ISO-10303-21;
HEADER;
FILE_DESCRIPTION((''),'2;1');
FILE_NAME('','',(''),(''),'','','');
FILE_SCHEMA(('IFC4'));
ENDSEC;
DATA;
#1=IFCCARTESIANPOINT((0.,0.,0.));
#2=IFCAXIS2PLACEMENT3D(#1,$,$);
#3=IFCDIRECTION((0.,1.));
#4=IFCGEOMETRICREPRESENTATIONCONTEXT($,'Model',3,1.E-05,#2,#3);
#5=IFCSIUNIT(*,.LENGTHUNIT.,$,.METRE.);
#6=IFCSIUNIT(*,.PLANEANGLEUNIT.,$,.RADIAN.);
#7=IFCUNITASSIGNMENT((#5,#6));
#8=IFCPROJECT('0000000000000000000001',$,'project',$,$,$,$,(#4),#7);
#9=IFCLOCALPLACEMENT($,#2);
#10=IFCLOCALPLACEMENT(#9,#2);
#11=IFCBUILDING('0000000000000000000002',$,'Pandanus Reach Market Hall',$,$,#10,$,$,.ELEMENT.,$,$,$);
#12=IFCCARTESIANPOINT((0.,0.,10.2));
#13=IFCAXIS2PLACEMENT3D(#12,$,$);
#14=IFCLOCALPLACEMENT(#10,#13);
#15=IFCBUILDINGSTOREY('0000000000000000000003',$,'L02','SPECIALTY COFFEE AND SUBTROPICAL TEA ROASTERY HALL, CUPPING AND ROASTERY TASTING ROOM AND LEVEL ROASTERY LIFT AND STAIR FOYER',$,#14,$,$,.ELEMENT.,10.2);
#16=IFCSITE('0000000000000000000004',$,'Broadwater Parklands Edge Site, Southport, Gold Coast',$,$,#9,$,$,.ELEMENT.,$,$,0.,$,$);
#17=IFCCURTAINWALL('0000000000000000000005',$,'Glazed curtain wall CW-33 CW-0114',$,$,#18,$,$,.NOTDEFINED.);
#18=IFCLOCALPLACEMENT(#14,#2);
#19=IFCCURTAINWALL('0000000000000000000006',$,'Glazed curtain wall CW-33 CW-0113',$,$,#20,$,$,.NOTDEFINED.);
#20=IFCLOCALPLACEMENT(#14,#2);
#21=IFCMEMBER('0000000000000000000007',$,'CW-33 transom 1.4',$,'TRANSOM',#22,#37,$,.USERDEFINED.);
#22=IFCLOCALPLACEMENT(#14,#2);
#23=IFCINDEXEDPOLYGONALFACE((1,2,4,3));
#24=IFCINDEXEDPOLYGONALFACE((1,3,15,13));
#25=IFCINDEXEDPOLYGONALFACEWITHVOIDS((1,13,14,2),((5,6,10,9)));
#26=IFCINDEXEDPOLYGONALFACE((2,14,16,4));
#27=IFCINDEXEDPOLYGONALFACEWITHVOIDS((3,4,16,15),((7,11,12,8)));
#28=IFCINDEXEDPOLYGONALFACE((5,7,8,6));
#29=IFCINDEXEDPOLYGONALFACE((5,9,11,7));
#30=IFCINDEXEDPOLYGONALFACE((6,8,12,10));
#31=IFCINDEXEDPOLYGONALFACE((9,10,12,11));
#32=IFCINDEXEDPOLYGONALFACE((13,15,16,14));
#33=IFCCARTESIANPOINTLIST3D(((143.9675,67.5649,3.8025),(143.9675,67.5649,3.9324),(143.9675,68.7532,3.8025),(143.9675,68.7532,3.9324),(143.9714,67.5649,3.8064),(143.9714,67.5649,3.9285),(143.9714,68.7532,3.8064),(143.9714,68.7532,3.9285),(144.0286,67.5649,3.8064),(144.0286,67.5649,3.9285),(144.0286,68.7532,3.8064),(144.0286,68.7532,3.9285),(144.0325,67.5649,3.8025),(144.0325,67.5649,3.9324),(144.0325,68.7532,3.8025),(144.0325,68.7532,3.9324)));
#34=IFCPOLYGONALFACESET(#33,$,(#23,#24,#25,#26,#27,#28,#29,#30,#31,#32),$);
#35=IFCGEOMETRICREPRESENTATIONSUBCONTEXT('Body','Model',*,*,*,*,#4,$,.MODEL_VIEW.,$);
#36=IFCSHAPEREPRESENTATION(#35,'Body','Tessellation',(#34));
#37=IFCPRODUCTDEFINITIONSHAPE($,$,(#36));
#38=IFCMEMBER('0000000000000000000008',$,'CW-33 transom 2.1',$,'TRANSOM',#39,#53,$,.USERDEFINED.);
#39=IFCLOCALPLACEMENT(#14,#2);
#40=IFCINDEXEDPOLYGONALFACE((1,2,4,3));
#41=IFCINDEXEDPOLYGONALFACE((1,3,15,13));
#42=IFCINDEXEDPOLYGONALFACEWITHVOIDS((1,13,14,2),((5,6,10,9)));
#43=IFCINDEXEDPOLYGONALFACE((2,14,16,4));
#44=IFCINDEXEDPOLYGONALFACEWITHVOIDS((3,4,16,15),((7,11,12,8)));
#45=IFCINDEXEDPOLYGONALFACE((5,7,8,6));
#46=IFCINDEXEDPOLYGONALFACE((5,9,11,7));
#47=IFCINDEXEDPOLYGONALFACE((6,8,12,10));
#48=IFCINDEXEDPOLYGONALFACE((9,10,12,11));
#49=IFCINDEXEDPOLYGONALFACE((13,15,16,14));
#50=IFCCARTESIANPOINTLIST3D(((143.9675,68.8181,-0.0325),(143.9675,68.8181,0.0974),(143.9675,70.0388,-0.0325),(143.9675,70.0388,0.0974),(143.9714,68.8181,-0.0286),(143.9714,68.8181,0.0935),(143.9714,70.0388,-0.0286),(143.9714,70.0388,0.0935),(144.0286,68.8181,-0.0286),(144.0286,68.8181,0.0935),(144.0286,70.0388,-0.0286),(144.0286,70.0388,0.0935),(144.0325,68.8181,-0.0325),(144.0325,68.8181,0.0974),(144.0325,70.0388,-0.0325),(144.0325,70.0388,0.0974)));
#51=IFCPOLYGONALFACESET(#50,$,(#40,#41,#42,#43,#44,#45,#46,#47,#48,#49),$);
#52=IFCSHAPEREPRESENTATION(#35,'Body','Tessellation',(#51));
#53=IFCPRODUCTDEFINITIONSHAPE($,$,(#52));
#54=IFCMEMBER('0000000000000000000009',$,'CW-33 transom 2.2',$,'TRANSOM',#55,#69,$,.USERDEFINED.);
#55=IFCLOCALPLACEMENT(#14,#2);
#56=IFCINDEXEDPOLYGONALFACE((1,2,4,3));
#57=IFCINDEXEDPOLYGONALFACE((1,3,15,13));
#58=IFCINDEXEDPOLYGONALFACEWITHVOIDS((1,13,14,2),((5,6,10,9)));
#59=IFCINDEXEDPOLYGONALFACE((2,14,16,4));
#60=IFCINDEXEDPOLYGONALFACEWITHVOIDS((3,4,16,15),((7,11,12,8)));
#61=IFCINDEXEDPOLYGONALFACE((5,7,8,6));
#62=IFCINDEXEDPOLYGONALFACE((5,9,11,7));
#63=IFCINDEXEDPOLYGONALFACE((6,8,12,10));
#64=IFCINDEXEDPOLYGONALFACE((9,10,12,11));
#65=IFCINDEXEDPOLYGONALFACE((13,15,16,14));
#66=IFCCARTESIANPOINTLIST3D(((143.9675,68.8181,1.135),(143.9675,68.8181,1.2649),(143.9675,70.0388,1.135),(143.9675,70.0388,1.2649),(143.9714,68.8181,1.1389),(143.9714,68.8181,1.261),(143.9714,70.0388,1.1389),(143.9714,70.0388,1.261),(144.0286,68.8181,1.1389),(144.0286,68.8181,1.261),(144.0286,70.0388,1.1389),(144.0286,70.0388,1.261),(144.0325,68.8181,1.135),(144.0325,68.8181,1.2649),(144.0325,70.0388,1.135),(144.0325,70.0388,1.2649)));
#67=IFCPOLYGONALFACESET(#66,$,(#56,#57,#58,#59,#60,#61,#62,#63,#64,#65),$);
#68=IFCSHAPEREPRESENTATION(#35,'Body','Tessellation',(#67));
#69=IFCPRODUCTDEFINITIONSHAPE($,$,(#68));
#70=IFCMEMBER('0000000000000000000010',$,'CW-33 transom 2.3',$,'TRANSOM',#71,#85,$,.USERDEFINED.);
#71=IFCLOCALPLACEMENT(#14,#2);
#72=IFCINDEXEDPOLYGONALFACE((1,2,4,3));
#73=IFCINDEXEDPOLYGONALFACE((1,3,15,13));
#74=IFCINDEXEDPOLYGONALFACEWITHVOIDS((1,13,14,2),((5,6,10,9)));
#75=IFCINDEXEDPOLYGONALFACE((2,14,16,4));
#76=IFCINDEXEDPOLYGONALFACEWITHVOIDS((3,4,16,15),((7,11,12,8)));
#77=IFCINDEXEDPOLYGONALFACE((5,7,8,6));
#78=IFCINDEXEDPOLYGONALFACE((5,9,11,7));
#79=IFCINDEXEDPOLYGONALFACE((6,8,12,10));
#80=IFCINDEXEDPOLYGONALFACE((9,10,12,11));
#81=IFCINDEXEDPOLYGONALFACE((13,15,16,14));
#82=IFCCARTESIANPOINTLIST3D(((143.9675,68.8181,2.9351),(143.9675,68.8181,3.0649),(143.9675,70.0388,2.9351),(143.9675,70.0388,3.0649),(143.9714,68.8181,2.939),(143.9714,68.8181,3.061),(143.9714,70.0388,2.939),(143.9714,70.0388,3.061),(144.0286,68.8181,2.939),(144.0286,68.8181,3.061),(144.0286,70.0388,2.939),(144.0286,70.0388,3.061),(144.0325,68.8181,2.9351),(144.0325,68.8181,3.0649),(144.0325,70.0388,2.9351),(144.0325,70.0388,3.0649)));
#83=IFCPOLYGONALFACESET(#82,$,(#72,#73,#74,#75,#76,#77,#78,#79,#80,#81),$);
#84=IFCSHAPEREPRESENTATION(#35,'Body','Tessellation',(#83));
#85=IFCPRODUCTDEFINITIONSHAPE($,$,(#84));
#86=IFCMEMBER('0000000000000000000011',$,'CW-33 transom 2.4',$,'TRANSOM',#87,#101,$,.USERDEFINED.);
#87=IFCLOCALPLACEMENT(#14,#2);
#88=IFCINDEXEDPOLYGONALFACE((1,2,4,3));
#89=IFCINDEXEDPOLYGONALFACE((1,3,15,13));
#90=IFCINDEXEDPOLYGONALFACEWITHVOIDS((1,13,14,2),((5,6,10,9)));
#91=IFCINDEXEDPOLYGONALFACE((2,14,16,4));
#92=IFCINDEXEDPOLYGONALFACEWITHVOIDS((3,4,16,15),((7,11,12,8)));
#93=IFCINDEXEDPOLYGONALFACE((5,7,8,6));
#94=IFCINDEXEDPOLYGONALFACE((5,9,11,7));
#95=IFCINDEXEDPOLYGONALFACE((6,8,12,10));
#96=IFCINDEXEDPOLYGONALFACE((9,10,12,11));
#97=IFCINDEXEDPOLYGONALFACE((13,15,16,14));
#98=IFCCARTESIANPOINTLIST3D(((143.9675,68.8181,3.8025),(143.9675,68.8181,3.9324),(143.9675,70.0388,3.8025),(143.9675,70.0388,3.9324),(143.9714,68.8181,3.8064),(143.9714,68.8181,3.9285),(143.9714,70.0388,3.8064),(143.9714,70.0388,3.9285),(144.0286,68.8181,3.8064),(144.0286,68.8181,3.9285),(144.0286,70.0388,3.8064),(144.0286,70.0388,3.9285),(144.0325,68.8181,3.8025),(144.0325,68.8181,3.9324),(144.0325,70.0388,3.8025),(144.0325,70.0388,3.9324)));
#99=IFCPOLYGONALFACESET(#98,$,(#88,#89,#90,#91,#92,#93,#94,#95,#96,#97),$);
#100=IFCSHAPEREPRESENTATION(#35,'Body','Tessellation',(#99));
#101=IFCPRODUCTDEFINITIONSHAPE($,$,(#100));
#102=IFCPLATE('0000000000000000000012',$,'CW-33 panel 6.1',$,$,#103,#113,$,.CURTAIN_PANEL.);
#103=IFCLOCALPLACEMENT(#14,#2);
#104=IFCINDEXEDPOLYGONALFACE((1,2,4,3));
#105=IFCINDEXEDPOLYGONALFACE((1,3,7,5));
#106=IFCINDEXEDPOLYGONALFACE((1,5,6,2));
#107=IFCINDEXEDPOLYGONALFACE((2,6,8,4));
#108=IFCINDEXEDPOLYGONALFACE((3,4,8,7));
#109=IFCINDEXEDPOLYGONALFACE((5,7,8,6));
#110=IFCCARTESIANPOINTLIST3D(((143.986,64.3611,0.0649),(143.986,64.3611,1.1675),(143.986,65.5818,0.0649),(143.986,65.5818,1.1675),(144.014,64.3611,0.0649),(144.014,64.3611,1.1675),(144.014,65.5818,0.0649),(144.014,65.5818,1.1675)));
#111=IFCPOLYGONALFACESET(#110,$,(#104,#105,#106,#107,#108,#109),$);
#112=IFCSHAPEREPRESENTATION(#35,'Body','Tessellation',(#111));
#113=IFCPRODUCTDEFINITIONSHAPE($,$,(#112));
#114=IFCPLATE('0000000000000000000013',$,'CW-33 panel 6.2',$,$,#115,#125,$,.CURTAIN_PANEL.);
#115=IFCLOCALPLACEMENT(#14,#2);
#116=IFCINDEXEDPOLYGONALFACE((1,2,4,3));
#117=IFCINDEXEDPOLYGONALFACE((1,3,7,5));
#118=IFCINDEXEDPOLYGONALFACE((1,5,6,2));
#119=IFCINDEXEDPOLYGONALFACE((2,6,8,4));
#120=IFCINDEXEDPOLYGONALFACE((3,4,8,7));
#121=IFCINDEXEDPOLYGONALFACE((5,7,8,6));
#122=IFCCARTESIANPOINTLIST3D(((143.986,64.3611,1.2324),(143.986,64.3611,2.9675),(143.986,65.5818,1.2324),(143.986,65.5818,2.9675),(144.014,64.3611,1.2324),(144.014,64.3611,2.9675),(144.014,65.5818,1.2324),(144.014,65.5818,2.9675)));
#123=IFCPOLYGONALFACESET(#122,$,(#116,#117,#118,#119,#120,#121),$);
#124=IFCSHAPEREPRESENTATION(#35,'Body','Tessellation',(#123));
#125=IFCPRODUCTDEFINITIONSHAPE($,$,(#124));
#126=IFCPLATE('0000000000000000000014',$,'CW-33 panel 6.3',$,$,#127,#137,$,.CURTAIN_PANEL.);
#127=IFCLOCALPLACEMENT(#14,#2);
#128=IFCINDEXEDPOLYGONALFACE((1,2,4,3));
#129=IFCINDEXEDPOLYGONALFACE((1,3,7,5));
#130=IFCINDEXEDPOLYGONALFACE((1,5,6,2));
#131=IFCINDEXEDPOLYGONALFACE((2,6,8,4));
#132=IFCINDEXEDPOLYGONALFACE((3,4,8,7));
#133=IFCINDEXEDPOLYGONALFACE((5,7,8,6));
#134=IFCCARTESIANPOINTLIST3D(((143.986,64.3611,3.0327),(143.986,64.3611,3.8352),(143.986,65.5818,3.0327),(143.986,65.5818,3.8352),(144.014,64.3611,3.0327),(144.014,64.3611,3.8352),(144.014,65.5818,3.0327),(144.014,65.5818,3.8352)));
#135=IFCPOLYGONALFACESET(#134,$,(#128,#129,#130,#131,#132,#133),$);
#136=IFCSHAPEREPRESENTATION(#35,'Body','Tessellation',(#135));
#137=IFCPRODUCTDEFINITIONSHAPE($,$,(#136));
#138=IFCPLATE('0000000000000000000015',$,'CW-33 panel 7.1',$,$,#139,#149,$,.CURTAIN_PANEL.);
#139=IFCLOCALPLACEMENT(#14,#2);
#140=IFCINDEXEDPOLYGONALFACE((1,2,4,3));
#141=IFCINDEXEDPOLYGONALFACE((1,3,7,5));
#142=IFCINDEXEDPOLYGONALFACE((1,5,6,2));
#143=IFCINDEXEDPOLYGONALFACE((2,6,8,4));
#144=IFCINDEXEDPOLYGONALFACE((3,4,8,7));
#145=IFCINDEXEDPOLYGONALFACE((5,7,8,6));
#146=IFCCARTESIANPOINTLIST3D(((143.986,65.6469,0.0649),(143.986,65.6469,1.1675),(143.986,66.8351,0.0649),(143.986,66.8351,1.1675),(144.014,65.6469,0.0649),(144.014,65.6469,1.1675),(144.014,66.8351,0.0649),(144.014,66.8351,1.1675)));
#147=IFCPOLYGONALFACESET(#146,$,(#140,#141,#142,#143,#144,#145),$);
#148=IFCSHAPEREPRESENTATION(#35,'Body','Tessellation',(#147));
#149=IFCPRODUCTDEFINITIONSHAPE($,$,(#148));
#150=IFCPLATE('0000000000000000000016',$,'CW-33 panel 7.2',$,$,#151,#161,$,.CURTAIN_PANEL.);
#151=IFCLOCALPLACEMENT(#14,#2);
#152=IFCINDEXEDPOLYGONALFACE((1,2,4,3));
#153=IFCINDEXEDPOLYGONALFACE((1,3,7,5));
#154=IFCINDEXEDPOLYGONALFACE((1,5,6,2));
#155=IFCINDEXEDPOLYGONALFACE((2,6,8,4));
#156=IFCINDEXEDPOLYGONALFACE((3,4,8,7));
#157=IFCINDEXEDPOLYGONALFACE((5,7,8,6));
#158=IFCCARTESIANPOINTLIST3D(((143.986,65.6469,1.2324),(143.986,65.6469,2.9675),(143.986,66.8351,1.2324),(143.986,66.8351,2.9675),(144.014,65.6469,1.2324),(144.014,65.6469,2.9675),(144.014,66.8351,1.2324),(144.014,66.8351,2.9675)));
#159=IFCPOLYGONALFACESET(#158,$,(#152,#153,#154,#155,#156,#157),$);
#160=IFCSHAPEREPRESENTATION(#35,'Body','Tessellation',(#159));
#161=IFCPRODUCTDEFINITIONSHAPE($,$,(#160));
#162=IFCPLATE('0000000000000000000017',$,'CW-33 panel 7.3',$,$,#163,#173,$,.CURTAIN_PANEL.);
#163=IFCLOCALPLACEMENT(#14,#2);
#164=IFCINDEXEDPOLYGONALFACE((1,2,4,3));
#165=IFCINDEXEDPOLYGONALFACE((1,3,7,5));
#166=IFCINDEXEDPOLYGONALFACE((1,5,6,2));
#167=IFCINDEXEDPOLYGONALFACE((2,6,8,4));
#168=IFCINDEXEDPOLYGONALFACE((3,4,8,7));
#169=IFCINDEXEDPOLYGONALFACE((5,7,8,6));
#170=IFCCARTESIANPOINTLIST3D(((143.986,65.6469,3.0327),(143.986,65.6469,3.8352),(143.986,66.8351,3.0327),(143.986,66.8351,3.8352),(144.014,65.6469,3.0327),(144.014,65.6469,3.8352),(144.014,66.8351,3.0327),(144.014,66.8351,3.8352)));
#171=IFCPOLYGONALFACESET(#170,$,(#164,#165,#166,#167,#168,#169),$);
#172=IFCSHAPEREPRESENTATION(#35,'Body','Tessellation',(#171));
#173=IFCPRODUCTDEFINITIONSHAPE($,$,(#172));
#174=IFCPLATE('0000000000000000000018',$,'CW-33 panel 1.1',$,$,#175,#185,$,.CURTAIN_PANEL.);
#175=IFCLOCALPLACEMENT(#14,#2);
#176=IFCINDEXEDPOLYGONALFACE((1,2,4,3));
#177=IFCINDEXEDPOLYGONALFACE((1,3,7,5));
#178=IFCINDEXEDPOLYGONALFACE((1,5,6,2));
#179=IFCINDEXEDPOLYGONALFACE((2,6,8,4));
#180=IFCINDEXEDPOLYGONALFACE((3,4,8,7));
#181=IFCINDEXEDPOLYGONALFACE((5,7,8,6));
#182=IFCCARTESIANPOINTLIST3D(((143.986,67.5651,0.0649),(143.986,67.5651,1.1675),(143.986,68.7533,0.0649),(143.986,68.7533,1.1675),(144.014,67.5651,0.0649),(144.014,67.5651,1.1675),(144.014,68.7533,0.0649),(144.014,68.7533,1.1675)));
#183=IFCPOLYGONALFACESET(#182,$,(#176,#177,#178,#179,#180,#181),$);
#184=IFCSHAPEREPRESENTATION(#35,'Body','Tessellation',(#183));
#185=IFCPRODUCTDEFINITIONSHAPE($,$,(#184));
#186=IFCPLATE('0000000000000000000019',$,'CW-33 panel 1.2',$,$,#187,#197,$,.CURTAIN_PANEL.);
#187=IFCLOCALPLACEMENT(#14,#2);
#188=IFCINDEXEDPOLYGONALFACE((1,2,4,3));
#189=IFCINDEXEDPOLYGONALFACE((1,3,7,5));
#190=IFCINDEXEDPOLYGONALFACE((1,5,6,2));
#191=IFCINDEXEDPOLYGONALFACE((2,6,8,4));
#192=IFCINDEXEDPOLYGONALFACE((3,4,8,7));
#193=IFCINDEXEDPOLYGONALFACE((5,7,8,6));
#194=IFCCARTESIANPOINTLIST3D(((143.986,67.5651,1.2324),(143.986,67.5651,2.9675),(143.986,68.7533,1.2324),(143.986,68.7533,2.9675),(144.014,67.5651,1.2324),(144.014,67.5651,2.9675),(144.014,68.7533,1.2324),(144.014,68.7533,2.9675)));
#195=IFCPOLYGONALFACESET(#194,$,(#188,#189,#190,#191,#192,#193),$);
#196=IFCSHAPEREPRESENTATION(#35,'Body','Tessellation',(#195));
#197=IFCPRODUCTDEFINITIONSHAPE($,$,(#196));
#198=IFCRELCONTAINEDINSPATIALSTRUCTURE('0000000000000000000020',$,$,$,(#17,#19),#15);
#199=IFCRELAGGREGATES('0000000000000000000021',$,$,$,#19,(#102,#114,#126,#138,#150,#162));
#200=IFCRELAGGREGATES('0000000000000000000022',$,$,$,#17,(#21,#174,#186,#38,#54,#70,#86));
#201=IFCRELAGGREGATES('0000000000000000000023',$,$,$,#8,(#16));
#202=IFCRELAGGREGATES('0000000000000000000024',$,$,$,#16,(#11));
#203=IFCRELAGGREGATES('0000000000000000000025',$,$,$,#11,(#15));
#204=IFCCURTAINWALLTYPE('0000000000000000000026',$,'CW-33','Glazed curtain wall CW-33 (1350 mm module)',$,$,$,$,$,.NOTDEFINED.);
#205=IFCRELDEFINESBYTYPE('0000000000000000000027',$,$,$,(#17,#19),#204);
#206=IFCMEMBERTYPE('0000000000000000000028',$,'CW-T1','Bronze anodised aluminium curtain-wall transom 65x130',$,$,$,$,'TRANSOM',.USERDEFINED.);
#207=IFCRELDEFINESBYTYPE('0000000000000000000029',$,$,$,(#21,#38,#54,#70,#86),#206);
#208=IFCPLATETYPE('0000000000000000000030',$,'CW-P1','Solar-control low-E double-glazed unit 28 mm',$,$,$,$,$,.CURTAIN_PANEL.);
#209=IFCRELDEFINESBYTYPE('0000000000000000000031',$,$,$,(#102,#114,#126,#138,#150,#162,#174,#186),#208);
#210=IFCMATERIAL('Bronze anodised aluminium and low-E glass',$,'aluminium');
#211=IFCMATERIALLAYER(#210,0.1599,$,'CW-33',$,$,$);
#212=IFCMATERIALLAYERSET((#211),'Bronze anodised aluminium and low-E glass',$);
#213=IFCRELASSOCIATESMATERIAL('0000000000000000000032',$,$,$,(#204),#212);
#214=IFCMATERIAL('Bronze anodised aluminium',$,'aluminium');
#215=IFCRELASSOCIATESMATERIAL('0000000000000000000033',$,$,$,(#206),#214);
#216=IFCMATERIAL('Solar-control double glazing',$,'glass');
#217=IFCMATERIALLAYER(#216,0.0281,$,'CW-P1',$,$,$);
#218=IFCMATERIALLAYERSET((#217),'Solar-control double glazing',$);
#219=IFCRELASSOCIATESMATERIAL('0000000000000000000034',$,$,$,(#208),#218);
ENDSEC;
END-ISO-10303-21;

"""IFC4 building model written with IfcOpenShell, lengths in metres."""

from ifc_helpers import new_model, si_unit, direction, frame, origin, origin_2d, place, context, subcontext, project, spatial, rectangle, hollow_rectangle, extrude, material, layer, layer_set, material_profile, profile_set, type_object, element, aggregate, save


model = new_model("IFC4")

# Units and contexts
model_context = context("Model", 3, precision=1e-05, world=origin(), true_north=direction((0.0, 1.0)))
body_context = subcontext(model_context, "Body", "Model", "MODEL_VIEW")
ifc_project = project(units=[si_unit("LENGTHUNIT", "METRE"), si_unit("PLANEANGLEUNIT", "RADIAN")], contexts=[model_context])

# Site, building, storey
site_placement = place(None, origin())
site = spatial("IfcSite", under=ifc_project, at=site_placement, Name="Broadwater Parklands Edge Site, Southport, Gold Coast", CompositionType="ELEMENT", RefElevation=0.0)
building_placement = place(site_placement, origin())
building = spatial("IfcBuilding", under=site, at=building_placement, Name="Pandanus Reach Market Hall", CompositionType="ELEMENT")
storey_placement = place(building_placement, frame((0.0, 0.0, 10.2)))
storey = spatial("IfcBuildingStorey", under=building, at=storey_placement, Name="L02", Description="SPECIALTY COFFEE AND SUBTROPICAL TEA ROASTERY HALL, CUPPING AND ROASTERY TASTING ROOM AND LEVEL ROASTERY LIFT AND STAIR FOYER", CompositionType="ELEMENT", Elevation=10.2)

# Curtain walls
ifc_material_1 = material(Name="Bronze anodised aluminium and low-E glass", Category="aluminium")
ifc_layer_1 = layer(ifc_material_1, 0.1599, Name="CW-33")
ifc_layer_set_1 = layer_set([ifc_layer_1], Name="Bronze anodised aluminium and low-E glass")
curtain_wall_type = type_object("IfcCurtainWallType", Name="CW-33", Description="Glazed curtain wall CW-33 (1350 mm module)", PredefinedType="NOTDEFINED", material=ifc_layer_set_1)
curtain_wall_1_placement = place(storey_placement, origin())
curtain_wall_1 = element("IfcCurtainWall", 1, at=curtain_wall_1_placement, inside=storey, type_object=curtain_wall_type, Name="Glazed curtain wall CW-33 CW-0114", PredefinedType="NOTDEFINED")
ifc_material_2 = material(Name="Bronze anodised aluminium", Category="aluminium")
curtain_wall_2_placement = place(storey_placement, origin())
curtain_wall_2 = element("IfcCurtainWall", 2, at=curtain_wall_2_placement, inside=storey, type_object=curtain_wall_type, Name="Glazed curtain wall CW-33 CW-0113", PredefinedType="NOTDEFINED")
ifc_material_profile_1 = material_profile(ifc_material_2, hollow_rectangle(XDim=0.0649, YDim=0.1299, WallThickness=0.0039, at=origin_2d()), Name="ALU65x130", Category="LoadBearing")
ifc_profile_set_1 = profile_set([ifc_material_profile_1], Name="Bronze anodised aluminium")
member_type_1 = type_object("IfcMemberType", Name="CW-T1", Description="Bronze anodised aluminium curtain-wall transom 65x130", ElementType="TRANSOM", PredefinedType="USERDEFINED", material=ifc_profile_set_1)

# Members
member_1_placement = place(storey_placement, frame((144.0, 67.5649, 3.8674), z_axis=(0.0, 1.0, 0.0), x_axis=(-1.0, 0.0, 0.0)))
member_1 = element("IfcMember", 3, at=member_1_placement, type_object=member_type_1, Name="CW-33 transom 1.4", ObjectType="TRANSOM", PredefinedType="USERDEFINED", context=body_context, shape_type="SweptSolid", body=[
    extrude(hollow_rectangle(XDim=0.0649, YDim=0.1299, WallThickness=0.0039, at=origin_2d()), origin(), (0.0, 0.0, 1.0), 1.1882),
])
member_2_placement = place(storey_placement, frame((144.0, 68.8181, 0.0325), z_axis=(0.0, 1.0, 0.0), x_axis=(-1.0, 0.0, 0.0)))
member_2 = element("IfcMember", 4, at=member_2_placement, type_object=member_type_1, Name="CW-33 transom 2.1", ObjectType="TRANSOM", PredefinedType="USERDEFINED", context=body_context, shape_type="SweptSolid", body=[
    extrude(hollow_rectangle(XDim=0.0649, YDim=0.1299, WallThickness=0.0039, at=origin_2d()), origin(), (0.0, 0.0, 1.0), 1.2207),
])
member_3_placement = place(storey_placement, frame((144.0, 68.8181, 1.2), z_axis=(0.0, 1.0, 0.0), x_axis=(-1.0, 0.0, 0.0)))
member_3 = element("IfcMember", 5, at=member_3_placement, type_object=member_type_1, Name="CW-33 transom 2.2", ObjectType="TRANSOM", PredefinedType="USERDEFINED", context=body_context, shape_type="SweptSolid", body=[
    extrude(hollow_rectangle(XDim=0.0649, YDim=0.1299, WallThickness=0.0039, at=origin_2d()), origin(), (0.0, 0.0, 1.0), 1.2207),
])
member_4_placement = place(storey_placement, frame((144.0, 68.8181, 3.0), z_axis=(0.0, 1.0, 0.0), x_axis=(-1.0, 0.0, 0.0)))
member_4 = element("IfcMember", 6, at=member_4_placement, type_object=member_type_1, Name="CW-33 transom 2.3", ObjectType="TRANSOM", PredefinedType="USERDEFINED", context=body_context, shape_type="SweptSolid", body=[
    extrude(hollow_rectangle(XDim=0.0649, YDim=0.1299, WallThickness=0.0039, at=origin_2d()), origin(), (0.0, 0.0, 1.0), 1.2207),
])
member_5_placement = place(storey_placement, frame((144.0, 68.8181, 3.8674), z_axis=(0.0, 1.0, 0.0), x_axis=(-1.0, 0.0, 0.0)))
member_5 = element("IfcMember", 7, at=member_5_placement, type_object=member_type_1, Name="CW-33 transom 2.4", ObjectType="TRANSOM", PredefinedType="USERDEFINED", context=body_context, shape_type="SweptSolid", body=[
    extrude(hollow_rectangle(XDim=0.0649, YDim=0.1299, WallThickness=0.0039, at=origin_2d()), origin(), (0.0, 0.0, 1.0), 1.2207),
])

# Plates
ifc_material_3 = material(Name="Solar-control double glazing", Category="glass")
ifc_layer_2 = layer(ifc_material_3, 0.0281, Name="CW-P1")
ifc_layer_set_2 = layer_set([ifc_layer_2], Name="Solar-control double glazing")
plate_type = type_object("IfcPlateType", Name="CW-P1", Description="Solar-control low-E double-glazed unit 28 mm", PredefinedType="CURTAIN_PANEL", material=ifc_layer_set_2)
plate_1_placement = place(storey_placement, frame((144.0, 64.9714, 0.0649), z_axis=(0.0, 0.0, 1.0), x_axis=(0.0, 1.0, 0.0)))
plate_1 = element("IfcPlate", 8, at=plate_1_placement, type_object=plate_type, Name="CW-33 panel 6.1", PredefinedType="CURTAIN_PANEL", context=body_context, shape_type="SweptSolid", body=[
    extrude(rectangle(XDim=1.2207, YDim=0.0281, at=origin_2d()), origin(), (0.0, 0.0, 1.0), 1.1025),
])
plate_2_placement = place(storey_placement, frame((144.0, 64.9714, 1.2324), z_axis=(0.0, 0.0, 1.0), x_axis=(0.0, 1.0, 0.0)))
plate_2 = element("IfcPlate", 9, at=plate_2_placement, type_object=plate_type, Name="CW-33 panel 6.2", PredefinedType="CURTAIN_PANEL", context=body_context, shape_type="SweptSolid", body=[
    extrude(rectangle(XDim=1.2207, YDim=0.0281, at=origin_2d()), origin(), (0.0, 0.0, 1.0), 1.7351),
])
plate_3_placement = place(storey_placement, frame((144.0, 64.9714, 3.0327), z_axis=(0.0, 0.0, 1.0), x_axis=(0.0, 1.0, 0.0)))
plate_3 = element("IfcPlate", 10, at=plate_3_placement, type_object=plate_type, Name="CW-33 panel 6.3", PredefinedType="CURTAIN_PANEL", context=body_context, shape_type="SweptSolid", body=[
    extrude(rectangle(XDim=1.2207, YDim=0.0281, at=origin_2d()), origin(), (0.0, 0.0, 1.0), 0.8025),
])
plate_4_placement = place(storey_placement, frame((144.0, 66.241, 0.0649), z_axis=(0.0, 0.0, 1.0), x_axis=(0.0, 1.0, 0.0)))
plate_4 = element("IfcPlate", 11, at=plate_4_placement, type_object=plate_type, Name="CW-33 panel 7.1", PredefinedType="CURTAIN_PANEL", context=body_context, shape_type="SweptSolid", body=[
    extrude(rectangle(XDim=1.1882, YDim=0.0281, at=origin_2d()), origin(), (0.0, 0.0, 1.0), 1.1025),
])
plate_5_placement = place(storey_placement, frame((144.0, 66.241, 1.2324), z_axis=(0.0, 0.0, 1.0), x_axis=(0.0, 1.0, 0.0)))
plate_5 = element("IfcPlate", 12, at=plate_5_placement, type_object=plate_type, Name="CW-33 panel 7.2", PredefinedType="CURTAIN_PANEL", context=body_context, shape_type="SweptSolid", body=[
    extrude(rectangle(XDim=1.1882, YDim=0.0281, at=origin_2d()), origin(), (0.0, 0.0, 1.0), 1.7351),
])
plate_6_placement = place(storey_placement, frame((144.0, 66.241, 3.0327), z_axis=(0.0, 0.0, 1.0), x_axis=(0.0, 1.0, 0.0)))
plate_6 = element("IfcPlate", 13, at=plate_6_placement, type_object=plate_type, Name="CW-33 panel 7.3", PredefinedType="CURTAIN_PANEL", context=body_context, shape_type="SweptSolid", body=[
    extrude(rectangle(XDim=1.1882, YDim=0.0281, at=origin_2d()), origin(), (0.0, 0.0, 1.0), 0.8025),
])
aggregate(curtain_wall_2, [plate_1, plate_2, plate_3, plate_4, plate_5, plate_6])
plate_7_placement = place(storey_placement, frame((144.0, 68.1592, 0.0649), z_axis=(0.0, 0.0, 1.0), x_axis=(0.0, 1.0, 0.0)))
plate_7 = element("IfcPlate", 14, at=plate_7_placement, type_object=plate_type, Name="CW-33 panel 1.1", PredefinedType="CURTAIN_PANEL", context=body_context, shape_type="SweptSolid", body=[
    extrude(rectangle(XDim=1.1882, YDim=0.0281, at=origin_2d()), origin(), (0.0, 0.0, 1.0), 1.1025),
])
plate_8_placement = place(storey_placement, frame((144.0, 68.1592, 1.2324), z_axis=(0.0, 0.0, 1.0), x_axis=(0.0, 1.0, 0.0)))
plate_8 = element("IfcPlate", 15, at=plate_8_placement, type_object=plate_type, Name="CW-33 panel 1.2", PredefinedType="CURTAIN_PANEL", context=body_context, shape_type="SweptSolid", body=[
    extrude(rectangle(XDim=1.1882, YDim=0.0281, at=origin_2d()), origin(), (0.0, 0.0, 1.0), 1.7351),
])
aggregate(curtain_wall_1, [member_1, plate_7, plate_8, member_2, member_3, member_4, member_5])

save(model, "model.ifc")
